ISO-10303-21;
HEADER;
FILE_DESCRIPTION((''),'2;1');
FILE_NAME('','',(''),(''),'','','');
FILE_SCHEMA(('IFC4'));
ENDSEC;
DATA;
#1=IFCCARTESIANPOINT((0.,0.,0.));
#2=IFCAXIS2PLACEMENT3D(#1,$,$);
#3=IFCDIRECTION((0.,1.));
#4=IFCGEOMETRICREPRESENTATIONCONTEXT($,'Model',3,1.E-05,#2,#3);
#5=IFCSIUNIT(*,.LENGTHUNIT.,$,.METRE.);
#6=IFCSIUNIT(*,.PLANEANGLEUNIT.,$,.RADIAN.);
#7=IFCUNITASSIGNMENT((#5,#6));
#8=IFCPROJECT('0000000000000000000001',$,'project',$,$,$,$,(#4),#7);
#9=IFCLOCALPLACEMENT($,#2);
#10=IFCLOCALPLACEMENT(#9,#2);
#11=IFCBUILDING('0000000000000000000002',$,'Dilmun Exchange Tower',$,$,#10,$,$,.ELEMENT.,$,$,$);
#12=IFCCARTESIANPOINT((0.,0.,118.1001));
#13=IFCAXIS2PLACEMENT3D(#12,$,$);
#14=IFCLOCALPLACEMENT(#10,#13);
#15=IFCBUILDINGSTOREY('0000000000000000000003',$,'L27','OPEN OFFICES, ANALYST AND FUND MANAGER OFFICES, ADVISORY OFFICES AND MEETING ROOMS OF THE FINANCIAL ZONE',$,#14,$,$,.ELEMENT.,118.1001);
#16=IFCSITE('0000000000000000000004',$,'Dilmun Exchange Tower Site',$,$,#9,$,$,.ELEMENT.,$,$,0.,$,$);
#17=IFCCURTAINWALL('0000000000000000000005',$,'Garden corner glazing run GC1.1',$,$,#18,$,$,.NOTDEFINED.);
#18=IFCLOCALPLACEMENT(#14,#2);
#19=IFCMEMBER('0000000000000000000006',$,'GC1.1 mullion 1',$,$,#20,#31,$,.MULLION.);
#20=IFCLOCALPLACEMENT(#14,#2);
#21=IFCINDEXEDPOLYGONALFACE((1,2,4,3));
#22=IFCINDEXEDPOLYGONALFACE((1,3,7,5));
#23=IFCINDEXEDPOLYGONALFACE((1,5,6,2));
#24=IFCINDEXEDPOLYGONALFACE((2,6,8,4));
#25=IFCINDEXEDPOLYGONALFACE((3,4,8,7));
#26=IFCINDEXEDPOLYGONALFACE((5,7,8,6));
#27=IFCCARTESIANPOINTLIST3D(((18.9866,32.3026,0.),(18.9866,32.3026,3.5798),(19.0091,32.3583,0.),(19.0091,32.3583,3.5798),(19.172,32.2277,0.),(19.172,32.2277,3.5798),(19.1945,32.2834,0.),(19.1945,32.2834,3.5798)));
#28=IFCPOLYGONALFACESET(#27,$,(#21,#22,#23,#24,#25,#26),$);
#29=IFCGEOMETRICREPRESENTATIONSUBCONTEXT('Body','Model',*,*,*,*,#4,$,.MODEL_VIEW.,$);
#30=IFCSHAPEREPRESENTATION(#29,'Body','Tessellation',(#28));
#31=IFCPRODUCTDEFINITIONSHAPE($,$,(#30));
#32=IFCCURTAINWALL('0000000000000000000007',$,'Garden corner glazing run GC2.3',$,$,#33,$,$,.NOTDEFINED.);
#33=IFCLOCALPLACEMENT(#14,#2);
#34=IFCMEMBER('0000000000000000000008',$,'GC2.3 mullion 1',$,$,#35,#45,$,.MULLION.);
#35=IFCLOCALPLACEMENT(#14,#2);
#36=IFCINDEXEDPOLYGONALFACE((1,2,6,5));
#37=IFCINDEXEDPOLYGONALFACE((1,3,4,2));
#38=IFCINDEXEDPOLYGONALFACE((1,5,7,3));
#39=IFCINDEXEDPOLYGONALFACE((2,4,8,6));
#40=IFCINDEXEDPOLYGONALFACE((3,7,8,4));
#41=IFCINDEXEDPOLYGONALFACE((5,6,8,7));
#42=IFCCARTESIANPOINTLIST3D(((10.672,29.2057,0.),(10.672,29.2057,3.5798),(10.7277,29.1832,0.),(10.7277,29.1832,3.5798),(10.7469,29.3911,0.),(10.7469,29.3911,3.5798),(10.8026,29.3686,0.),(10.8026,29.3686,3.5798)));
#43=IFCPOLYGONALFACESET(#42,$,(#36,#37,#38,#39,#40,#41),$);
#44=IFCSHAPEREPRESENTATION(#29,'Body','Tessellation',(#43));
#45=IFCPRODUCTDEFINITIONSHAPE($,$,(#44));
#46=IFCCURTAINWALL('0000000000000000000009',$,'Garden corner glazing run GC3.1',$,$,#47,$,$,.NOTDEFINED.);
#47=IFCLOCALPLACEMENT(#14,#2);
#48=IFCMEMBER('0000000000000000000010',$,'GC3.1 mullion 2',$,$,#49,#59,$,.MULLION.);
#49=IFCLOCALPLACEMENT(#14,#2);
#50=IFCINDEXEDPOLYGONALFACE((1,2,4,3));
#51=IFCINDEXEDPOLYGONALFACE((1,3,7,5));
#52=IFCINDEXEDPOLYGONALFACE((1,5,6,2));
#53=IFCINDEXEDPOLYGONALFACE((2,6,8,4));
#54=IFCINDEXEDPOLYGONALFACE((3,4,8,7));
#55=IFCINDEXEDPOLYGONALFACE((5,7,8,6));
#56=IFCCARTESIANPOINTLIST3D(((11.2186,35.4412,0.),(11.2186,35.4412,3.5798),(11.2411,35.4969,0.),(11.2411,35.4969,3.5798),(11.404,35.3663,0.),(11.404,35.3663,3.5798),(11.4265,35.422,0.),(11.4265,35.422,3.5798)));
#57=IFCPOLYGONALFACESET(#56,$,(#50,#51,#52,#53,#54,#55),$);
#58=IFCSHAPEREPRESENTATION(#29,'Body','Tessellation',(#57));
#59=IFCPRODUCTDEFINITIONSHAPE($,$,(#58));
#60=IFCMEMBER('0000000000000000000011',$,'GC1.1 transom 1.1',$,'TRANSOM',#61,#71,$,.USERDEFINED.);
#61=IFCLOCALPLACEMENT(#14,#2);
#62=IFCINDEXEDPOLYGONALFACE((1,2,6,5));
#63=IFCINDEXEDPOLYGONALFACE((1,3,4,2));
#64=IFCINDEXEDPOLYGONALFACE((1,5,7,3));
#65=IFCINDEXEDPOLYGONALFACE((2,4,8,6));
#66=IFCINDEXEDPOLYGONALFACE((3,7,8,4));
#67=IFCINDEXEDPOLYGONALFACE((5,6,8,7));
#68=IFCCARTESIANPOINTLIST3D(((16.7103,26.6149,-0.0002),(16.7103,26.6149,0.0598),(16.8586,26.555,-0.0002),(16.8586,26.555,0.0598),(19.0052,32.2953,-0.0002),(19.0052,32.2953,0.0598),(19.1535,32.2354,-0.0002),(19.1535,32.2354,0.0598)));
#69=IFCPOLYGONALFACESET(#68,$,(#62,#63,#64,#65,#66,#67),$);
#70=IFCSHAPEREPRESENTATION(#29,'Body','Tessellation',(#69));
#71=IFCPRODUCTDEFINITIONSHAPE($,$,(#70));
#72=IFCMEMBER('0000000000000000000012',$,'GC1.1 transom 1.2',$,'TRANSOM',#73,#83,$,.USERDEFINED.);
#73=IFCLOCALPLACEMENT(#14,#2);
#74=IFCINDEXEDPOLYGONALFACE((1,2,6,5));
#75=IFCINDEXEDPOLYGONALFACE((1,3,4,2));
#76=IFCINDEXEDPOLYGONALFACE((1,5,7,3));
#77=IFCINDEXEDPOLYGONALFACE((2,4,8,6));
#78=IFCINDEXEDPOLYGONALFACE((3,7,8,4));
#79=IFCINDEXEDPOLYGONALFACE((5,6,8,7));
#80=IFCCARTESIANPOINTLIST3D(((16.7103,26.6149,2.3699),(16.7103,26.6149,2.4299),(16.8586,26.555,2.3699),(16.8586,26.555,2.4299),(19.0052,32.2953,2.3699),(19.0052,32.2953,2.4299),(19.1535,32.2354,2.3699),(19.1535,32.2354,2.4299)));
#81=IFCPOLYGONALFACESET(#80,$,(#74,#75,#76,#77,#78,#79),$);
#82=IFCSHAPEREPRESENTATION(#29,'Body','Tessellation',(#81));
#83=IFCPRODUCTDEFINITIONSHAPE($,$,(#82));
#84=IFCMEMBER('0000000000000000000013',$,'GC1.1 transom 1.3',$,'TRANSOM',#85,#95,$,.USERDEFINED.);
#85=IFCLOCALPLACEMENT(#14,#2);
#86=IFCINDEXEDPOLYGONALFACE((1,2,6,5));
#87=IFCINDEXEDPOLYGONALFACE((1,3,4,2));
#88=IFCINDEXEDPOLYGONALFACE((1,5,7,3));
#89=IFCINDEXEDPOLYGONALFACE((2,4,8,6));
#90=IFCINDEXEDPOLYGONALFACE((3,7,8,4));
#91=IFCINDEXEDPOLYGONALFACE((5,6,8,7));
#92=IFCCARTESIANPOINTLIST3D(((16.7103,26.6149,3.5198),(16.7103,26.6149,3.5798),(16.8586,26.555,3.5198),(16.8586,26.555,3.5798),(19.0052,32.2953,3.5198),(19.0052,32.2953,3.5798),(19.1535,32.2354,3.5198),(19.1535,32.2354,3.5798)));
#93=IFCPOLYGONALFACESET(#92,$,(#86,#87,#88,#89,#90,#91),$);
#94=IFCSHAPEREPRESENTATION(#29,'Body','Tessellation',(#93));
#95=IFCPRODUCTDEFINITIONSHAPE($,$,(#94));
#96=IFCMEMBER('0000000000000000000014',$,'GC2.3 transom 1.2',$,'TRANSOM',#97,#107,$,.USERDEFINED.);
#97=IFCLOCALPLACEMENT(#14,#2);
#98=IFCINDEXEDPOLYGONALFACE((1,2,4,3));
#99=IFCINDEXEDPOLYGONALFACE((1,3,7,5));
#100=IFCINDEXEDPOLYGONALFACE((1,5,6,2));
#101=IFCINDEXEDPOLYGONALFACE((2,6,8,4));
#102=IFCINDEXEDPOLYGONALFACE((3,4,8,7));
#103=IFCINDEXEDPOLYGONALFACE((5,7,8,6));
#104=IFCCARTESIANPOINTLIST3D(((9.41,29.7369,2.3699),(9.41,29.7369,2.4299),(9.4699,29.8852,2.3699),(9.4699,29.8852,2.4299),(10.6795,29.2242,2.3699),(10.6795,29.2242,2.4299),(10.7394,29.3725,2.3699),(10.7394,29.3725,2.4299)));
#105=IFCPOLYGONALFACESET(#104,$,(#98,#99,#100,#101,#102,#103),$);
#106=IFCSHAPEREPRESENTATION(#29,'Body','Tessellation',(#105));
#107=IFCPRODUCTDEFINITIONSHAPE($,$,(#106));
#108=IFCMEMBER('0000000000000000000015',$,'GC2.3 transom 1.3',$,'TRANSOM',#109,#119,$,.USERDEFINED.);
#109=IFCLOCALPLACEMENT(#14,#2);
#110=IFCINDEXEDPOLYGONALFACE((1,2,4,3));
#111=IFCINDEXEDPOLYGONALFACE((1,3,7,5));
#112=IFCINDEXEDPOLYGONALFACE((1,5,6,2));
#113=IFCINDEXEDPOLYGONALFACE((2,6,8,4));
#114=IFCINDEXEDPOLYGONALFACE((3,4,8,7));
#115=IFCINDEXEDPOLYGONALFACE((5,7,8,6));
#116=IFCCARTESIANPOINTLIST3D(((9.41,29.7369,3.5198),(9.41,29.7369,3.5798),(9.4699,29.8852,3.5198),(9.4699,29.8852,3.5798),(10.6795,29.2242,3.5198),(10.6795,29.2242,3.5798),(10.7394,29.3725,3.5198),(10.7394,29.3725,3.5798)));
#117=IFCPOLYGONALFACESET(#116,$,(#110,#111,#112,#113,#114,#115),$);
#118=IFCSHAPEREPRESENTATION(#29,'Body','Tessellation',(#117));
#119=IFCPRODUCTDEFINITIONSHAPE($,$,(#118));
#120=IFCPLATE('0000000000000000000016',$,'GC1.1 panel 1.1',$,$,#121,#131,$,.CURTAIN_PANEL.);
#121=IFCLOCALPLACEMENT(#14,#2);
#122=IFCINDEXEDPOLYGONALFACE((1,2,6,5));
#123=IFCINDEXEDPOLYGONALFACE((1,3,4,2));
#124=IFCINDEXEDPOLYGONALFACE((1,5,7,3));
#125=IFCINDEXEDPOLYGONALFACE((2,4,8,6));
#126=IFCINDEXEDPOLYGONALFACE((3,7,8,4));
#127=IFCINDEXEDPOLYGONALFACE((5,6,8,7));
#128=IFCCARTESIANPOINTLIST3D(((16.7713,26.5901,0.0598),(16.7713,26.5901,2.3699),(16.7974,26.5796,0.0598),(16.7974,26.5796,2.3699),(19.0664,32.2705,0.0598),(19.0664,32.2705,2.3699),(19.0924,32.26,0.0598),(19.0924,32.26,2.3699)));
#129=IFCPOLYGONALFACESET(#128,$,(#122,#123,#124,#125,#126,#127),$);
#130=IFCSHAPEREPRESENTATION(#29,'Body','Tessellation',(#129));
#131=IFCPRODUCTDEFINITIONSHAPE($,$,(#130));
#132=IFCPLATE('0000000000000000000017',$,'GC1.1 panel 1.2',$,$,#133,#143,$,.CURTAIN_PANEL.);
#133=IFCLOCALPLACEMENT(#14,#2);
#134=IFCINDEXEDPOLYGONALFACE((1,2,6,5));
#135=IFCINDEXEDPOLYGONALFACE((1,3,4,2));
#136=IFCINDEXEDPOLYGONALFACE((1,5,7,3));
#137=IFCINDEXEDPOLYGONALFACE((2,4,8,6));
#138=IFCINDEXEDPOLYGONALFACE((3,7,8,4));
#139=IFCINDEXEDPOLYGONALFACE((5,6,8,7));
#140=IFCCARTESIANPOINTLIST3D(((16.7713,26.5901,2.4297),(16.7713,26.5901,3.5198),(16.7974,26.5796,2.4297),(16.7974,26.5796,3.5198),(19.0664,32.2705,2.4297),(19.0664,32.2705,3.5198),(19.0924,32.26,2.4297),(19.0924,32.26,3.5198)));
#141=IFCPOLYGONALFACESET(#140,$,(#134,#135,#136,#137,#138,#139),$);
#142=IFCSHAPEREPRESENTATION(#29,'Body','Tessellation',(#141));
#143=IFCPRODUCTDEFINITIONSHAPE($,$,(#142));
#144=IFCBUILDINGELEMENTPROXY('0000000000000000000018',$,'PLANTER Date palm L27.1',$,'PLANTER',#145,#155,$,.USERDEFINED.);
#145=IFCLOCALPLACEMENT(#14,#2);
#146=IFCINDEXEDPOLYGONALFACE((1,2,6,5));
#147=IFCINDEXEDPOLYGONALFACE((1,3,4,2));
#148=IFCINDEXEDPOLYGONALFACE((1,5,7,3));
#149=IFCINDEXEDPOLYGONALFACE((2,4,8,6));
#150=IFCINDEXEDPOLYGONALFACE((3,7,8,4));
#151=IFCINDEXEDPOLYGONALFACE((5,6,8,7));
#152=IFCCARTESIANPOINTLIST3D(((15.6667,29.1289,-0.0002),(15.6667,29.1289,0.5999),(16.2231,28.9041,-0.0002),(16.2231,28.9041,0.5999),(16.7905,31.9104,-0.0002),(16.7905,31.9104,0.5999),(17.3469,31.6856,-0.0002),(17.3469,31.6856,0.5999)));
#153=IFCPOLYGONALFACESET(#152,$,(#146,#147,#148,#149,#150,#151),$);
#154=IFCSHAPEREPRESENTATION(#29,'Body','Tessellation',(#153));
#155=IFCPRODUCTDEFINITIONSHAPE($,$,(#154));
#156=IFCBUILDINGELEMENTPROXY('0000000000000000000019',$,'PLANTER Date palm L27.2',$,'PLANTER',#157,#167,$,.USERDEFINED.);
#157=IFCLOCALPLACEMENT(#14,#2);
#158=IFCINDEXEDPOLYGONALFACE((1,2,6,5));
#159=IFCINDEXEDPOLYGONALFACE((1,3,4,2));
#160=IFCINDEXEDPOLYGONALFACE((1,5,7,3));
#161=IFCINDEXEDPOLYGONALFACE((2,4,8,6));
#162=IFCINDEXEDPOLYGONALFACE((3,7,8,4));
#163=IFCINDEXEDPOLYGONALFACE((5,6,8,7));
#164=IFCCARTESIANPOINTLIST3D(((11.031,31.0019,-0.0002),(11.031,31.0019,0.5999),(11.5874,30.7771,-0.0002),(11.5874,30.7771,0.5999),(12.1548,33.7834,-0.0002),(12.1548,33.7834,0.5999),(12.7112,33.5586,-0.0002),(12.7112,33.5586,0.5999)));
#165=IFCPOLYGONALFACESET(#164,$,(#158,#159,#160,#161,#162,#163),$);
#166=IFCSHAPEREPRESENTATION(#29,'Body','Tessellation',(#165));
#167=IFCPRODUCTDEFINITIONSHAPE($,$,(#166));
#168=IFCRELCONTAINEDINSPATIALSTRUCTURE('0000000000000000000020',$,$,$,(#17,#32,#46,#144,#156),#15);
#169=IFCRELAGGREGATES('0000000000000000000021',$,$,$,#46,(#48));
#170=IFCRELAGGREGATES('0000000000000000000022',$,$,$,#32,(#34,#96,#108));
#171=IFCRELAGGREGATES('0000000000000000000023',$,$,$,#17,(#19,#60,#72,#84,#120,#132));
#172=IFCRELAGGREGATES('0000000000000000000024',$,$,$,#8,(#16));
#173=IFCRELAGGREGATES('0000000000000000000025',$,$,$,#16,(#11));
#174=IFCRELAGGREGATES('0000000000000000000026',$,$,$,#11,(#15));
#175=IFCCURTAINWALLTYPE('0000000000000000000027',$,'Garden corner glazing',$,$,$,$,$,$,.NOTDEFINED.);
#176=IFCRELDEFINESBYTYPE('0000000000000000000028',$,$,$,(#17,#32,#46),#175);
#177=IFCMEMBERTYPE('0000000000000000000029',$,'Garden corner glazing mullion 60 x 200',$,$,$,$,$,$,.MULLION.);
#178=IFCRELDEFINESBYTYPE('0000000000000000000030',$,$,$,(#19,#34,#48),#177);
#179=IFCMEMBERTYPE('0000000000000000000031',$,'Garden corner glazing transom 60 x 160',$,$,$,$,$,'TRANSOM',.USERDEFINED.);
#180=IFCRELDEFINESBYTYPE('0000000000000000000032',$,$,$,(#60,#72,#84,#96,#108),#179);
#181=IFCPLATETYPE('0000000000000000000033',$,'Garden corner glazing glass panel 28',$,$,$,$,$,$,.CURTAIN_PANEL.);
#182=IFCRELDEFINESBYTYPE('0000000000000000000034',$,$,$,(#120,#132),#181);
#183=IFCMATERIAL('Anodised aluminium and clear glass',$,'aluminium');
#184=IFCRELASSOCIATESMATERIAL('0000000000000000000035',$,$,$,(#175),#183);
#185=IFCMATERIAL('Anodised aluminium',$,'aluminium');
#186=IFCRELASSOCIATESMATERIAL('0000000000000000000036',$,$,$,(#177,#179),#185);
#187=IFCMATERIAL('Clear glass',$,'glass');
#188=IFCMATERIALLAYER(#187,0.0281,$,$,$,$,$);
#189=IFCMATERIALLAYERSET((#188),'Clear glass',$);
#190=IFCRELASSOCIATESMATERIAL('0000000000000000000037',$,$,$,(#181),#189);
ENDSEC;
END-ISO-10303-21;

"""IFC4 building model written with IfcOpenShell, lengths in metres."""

from ifc_helpers import new_model, si_unit, direction, frame, origin, origin_2d, place, context, subcontext, project, spatial, rectangle, extrude, material, layer, layer_set, material_profile, profile_set, type_object, element, aggregate, save


model = new_model("IFC4")

# Units and contexts
model_context = context("Model", 3, precision=1e-05, world=origin(), true_north=direction((0.0, 1.0)))
body_context = subcontext(model_context, "Body", "Model", "MODEL_VIEW")
ifc_project = project(units=[si_unit("LENGTHUNIT", "METRE"), si_unit("PLANEANGLEUNIT", "RADIAN")], contexts=[model_context])

# Site, building, storey
site_placement = place(None, origin())
site = spatial("IfcSite", under=ifc_project, at=site_placement, Name="Dilmun Exchange Tower Site", CompositionType="ELEMENT", RefElevation=0.0)
building_placement = place(site_placement, origin())
building = spatial("IfcBuilding", under=site, at=building_placement, Name="Dilmun Exchange Tower", CompositionType="ELEMENT")
storey_placement = place(building_placement, frame((0.0, 0.0, 118.1001)))
storey = spatial("IfcBuildingStorey", under=building, at=storey_placement, Name="L27", Description="OPEN OFFICES, ANALYST AND FUND MANAGER OFFICES, ADVISORY OFFICES AND MEETING ROOMS OF THE FINANCIAL ZONE", CompositionType="ELEMENT", Elevation=118.1001)

# Curtain walls, members
ifc_material_1 = material(Name="Anodised aluminium and clear glass", Category="aluminium")
curtain_wall_type = type_object("IfcCurtainWallType", Name="Garden corner glazing", PredefinedType="NOTDEFINED", material=ifc_material_1)
curtain_wall_1_placement = place(storey_placement, origin())
curtain_wall_1 = element("IfcCurtainWall", 1, at=curtain_wall_1_placement, inside=storey, type_object=curtain_wall_type, Name="Garden corner glazing run GC1.1", PredefinedType="NOTDEFINED")
ifc_material_2 = material(Name="Anodised aluminium", Category="aluminium")
ifc_material_profile_1 = material_profile(ifc_material_2, rectangle(XDim=0.2, YDim=0.0601, at=origin_2d()), Name="AL 60x200")
ifc_profile_set_1 = profile_set([ifc_material_profile_1], Name="Anodised aluminium")
member_type_1 = type_object("IfcMemberType", Name="Garden corner glazing mullion 60 x 200", PredefinedType="MULLION", material=ifc_profile_set_1)
member_1_placement = place(storey_placement, frame((19.0906, 32.293, 0.0), z_axis=(0.0, 0.0, 1.0), x_axis=(0.927182, -0.374612, 0.0)))
member_1 = element("IfcMember", 2, at=member_1_placement, type_object=member_type_1, Name="GC1.1 mullion 1", PredefinedType="MULLION", context=body_context, shape_type="SweptSolid", body=[
    extrude(rectangle(XDim=0.2, YDim=0.0601, at=origin_2d()), origin(), (0.0, 0.0, 1.0), 3.5798),
])
curtain_wall_2_placement = place(storey_placement, origin())
curtain_wall_2 = element("IfcCurtainWall", 3, at=curtain_wall_2_placement, inside=storey, type_object=curtain_wall_type, Name="Garden corner glazing run GC2.3", PredefinedType="NOTDEFINED")
member_2_placement = place(storey_placement, frame((10.7373, 29.2871, 0.0), z_axis=(0.0, 0.0, 1.0), x_axis=(-0.374584, -0.927193, 0.0)))
member_2 = element("IfcMember", 4, at=member_2_placement, type_object=member_type_1, Name="GC2.3 mullion 1", PredefinedType="MULLION", context=body_context, shape_type="SweptSolid", body=[
    extrude(rectangle(XDim=0.2, YDim=0.0601, at=origin_2d()), origin(), (0.0, 0.0, 1.0), 3.5798),
])
curtain_wall_3_placement = place(storey_placement, origin())
curtain_wall_3 = element("IfcCurtainWall", 5, at=curtain_wall_3_placement, inside=storey, type_object=curtain_wall_type, Name="Garden corner glazing run GC3.1", PredefinedType="NOTDEFINED")
member_3_placement = place(storey_placement, frame((11.3225, 35.4316, 0.0), z_axis=(0.0, 0.0, 1.0), x_axis=(-0.927187, 0.374599, 0.0)))
member_3 = element("IfcMember", 6, at=member_3_placement, type_object=member_type_1, Name="GC3.1 mullion 2", PredefinedType="MULLION", context=body_context, shape_type="SweptSolid", body=[
    extrude(rectangle(XDim=0.2, YDim=0.0601, at=origin_2d()), origin(), (0.0, 0.0, 1.0), 3.5798),
])
aggregate(curtain_wall_3, [member_3])

# Members
ifc_material_profile_2 = material_profile(ifc_material_2, rectangle(XDim=0.1599, YDim=0.0601, at=origin_2d()), Name="AL 60x160")
ifc_profile_set_2 = profile_set([ifc_material_profile_2], Name="Anodised aluminium")
member_type_2 = type_object("IfcMemberType", Name="Garden corner glazing transom 60 x 160", ElementType="TRANSOM", PredefinedType="USERDEFINED", material=ifc_profile_set_2)
member_4_placement = place(storey_placement, frame((19.0793, 32.2654, 0.0298), z_axis=(-0.37459, -0.92719, 0.0), x_axis=(0.92719, -0.37459, 0.0)))
member_4 = element("IfcMember", 7, at=member_4_placement, type_object=member_type_2, Name="GC1.1 transom 1.1", ObjectType="TRANSOM", PredefinedType="USERDEFINED", context=body_context, shape_type="SweptSolid", body=[
    extrude(rectangle(XDim=0.1599, YDim=0.0601, at=origin_2d()), origin(), (0.0, 0.0, 1.0), 6.1265),
])
member_5_placement = place(storey_placement, frame((19.0793, 32.2654, 2.3999), z_axis=(-0.37459, -0.92719, 0.0), x_axis=(0.92719, -0.37459, 0.0)))
member_5 = element("IfcMember", 8, at=member_5_placement, type_object=member_type_2, Name="GC1.1 transom 1.2", ObjectType="TRANSOM", PredefinedType="USERDEFINED", context=body_context, shape_type="SweptSolid", body=[
    extrude(rectangle(XDim=0.1599, YDim=0.0601, at=origin_2d()), origin(), (0.0, 0.0, 1.0), 6.1265),
])
member_6_placement = place(storey_placement, frame((19.0793, 32.2654, 3.5498), z_axis=(-0.37459, -0.92719, 0.0), x_axis=(0.92719, -0.37459, 0.0)))
member_6 = element("IfcMember", 9, at=member_6_placement, type_object=member_type_2, Name="GC1.1 transom 1.3", ObjectType="TRANSOM", PredefinedType="USERDEFINED", context=body_context, shape_type="SweptSolid", body=[
    extrude(rectangle(XDim=0.1599, YDim=0.0601, at=origin_2d()), origin(), (0.0, 0.0, 1.0), 6.1265),
])
member_7_placement = place(storey_placement, frame((10.7095, 29.2983, 2.3999), z_axis=(-0.927242, 0.374463, 0.0), x_axis=(-0.374463, -0.927242, 0.0)))
member_7 = element("IfcMember", 10, at=member_7_placement, type_object=member_type_2, Name="GC2.3 transom 1.2", ObjectType="TRANSOM", PredefinedType="USERDEFINED", context=body_context, shape_type="SweptSolid", body=[
    extrude(rectangle(XDim=0.1599, YDim=0.0601, at=origin_2d()), origin(), (0.0, 0.0, 1.0), 1.3691),
])
member_8_placement = place(storey_placement, frame((10.7095, 29.2983, 3.5498), z_axis=(-0.927242, 0.374463, 0.0), x_axis=(-0.374463, -0.927242, 0.0)))
member_8 = element("IfcMember", 11, at=member_8_placement, type_object=member_type_2, Name="GC2.3 transom 1.3", ObjectType="TRANSOM", PredefinedType="USERDEFINED", context=body_context, shape_type="SweptSolid", body=[
    extrude(rectangle(XDim=0.1599, YDim=0.0601, at=origin_2d()), origin(), (0.0, 0.0, 1.0), 1.3691),
])
aggregate(curtain_wall_2, [member_2, member_7, member_8])

# Plates
ifc_material_3 = material(Name="Clear glass", Category="glass")
ifc_layer_1 = layer(ifc_material_3, 0.0281)
ifc_layer_set_1 = layer_set([ifc_layer_1], Name="Clear glass")
plate_type = type_object("IfcPlateType", Name="Garden corner glazing glass panel 28", PredefinedType="CURTAIN_PANEL", material=ifc_layer_set_1)
plate_1_placement = place(storey_placement, frame((17.9319, 29.425, 0.0598), z_axis=(0.0, 0.0, 1.0), x_axis=(-0.374612, -0.927182, 0.0)))
plate_1 = element("IfcPlate", 12, at=plate_1_placement, type_object=plate_type, Name="GC1.1 panel 1.1", PredefinedType="CURTAIN_PANEL", context=body_context, shape_type="SweptSolid", body=[
    extrude(rectangle(XDim=6.1265, YDim=0.0281, at=origin_2d()), origin(), (0.0, 0.0, 1.0), 2.3101),
])
plate_2_placement = place(storey_placement, frame((17.9319, 29.425, 2.4297), z_axis=(0.0, 0.0, 1.0), x_axis=(-0.374612, -0.927182, 0.0)))
plate_2 = element("IfcPlate", 13, at=plate_2_placement, type_object=plate_type, Name="GC1.1 panel 1.2", PredefinedType="CURTAIN_PANEL", context=body_context, shape_type="SweptSolid", body=[
    extrude(rectangle(XDim=6.1265, YDim=0.0281, at=origin_2d()), origin(), (0.0, 0.0, 1.0), 1.0901),
])
aggregate(curtain_wall_1, [member_1, member_4, member_5, member_6, plate_1, plate_2])

# Building element proxies
for number, where, z_axis, x_axis, name in (
    (14, (16.5068, 30.4072, -0.0002), (0.0, 0.0, 1.0), (0.374607, 0.927184, 0.0), "PLANTER Date palm L27.1"),
    (15, (11.8711, 32.2803, -0.0002), (0.0, 0.0, 1.0), (0.374607, 0.927184, 0.0), "PLANTER Date palm L27.2"),
):
    element("IfcBuildingElementProxy", number, at=place(storey_placement, frame(where, z_axis=z_axis, x_axis=x_axis)), inside=storey, Name=name, ObjectType="PLANTER", PredefinedType="USERDEFINED", context=body_context, shape_type="SweptSolid", body=[
        extrude(rectangle(XDim=3.0, YDim=0.6001, at=origin_2d()), origin(), (0.0, 0.0, 1.0), 0.6001),
    ])

save(model, "model.ifc")
